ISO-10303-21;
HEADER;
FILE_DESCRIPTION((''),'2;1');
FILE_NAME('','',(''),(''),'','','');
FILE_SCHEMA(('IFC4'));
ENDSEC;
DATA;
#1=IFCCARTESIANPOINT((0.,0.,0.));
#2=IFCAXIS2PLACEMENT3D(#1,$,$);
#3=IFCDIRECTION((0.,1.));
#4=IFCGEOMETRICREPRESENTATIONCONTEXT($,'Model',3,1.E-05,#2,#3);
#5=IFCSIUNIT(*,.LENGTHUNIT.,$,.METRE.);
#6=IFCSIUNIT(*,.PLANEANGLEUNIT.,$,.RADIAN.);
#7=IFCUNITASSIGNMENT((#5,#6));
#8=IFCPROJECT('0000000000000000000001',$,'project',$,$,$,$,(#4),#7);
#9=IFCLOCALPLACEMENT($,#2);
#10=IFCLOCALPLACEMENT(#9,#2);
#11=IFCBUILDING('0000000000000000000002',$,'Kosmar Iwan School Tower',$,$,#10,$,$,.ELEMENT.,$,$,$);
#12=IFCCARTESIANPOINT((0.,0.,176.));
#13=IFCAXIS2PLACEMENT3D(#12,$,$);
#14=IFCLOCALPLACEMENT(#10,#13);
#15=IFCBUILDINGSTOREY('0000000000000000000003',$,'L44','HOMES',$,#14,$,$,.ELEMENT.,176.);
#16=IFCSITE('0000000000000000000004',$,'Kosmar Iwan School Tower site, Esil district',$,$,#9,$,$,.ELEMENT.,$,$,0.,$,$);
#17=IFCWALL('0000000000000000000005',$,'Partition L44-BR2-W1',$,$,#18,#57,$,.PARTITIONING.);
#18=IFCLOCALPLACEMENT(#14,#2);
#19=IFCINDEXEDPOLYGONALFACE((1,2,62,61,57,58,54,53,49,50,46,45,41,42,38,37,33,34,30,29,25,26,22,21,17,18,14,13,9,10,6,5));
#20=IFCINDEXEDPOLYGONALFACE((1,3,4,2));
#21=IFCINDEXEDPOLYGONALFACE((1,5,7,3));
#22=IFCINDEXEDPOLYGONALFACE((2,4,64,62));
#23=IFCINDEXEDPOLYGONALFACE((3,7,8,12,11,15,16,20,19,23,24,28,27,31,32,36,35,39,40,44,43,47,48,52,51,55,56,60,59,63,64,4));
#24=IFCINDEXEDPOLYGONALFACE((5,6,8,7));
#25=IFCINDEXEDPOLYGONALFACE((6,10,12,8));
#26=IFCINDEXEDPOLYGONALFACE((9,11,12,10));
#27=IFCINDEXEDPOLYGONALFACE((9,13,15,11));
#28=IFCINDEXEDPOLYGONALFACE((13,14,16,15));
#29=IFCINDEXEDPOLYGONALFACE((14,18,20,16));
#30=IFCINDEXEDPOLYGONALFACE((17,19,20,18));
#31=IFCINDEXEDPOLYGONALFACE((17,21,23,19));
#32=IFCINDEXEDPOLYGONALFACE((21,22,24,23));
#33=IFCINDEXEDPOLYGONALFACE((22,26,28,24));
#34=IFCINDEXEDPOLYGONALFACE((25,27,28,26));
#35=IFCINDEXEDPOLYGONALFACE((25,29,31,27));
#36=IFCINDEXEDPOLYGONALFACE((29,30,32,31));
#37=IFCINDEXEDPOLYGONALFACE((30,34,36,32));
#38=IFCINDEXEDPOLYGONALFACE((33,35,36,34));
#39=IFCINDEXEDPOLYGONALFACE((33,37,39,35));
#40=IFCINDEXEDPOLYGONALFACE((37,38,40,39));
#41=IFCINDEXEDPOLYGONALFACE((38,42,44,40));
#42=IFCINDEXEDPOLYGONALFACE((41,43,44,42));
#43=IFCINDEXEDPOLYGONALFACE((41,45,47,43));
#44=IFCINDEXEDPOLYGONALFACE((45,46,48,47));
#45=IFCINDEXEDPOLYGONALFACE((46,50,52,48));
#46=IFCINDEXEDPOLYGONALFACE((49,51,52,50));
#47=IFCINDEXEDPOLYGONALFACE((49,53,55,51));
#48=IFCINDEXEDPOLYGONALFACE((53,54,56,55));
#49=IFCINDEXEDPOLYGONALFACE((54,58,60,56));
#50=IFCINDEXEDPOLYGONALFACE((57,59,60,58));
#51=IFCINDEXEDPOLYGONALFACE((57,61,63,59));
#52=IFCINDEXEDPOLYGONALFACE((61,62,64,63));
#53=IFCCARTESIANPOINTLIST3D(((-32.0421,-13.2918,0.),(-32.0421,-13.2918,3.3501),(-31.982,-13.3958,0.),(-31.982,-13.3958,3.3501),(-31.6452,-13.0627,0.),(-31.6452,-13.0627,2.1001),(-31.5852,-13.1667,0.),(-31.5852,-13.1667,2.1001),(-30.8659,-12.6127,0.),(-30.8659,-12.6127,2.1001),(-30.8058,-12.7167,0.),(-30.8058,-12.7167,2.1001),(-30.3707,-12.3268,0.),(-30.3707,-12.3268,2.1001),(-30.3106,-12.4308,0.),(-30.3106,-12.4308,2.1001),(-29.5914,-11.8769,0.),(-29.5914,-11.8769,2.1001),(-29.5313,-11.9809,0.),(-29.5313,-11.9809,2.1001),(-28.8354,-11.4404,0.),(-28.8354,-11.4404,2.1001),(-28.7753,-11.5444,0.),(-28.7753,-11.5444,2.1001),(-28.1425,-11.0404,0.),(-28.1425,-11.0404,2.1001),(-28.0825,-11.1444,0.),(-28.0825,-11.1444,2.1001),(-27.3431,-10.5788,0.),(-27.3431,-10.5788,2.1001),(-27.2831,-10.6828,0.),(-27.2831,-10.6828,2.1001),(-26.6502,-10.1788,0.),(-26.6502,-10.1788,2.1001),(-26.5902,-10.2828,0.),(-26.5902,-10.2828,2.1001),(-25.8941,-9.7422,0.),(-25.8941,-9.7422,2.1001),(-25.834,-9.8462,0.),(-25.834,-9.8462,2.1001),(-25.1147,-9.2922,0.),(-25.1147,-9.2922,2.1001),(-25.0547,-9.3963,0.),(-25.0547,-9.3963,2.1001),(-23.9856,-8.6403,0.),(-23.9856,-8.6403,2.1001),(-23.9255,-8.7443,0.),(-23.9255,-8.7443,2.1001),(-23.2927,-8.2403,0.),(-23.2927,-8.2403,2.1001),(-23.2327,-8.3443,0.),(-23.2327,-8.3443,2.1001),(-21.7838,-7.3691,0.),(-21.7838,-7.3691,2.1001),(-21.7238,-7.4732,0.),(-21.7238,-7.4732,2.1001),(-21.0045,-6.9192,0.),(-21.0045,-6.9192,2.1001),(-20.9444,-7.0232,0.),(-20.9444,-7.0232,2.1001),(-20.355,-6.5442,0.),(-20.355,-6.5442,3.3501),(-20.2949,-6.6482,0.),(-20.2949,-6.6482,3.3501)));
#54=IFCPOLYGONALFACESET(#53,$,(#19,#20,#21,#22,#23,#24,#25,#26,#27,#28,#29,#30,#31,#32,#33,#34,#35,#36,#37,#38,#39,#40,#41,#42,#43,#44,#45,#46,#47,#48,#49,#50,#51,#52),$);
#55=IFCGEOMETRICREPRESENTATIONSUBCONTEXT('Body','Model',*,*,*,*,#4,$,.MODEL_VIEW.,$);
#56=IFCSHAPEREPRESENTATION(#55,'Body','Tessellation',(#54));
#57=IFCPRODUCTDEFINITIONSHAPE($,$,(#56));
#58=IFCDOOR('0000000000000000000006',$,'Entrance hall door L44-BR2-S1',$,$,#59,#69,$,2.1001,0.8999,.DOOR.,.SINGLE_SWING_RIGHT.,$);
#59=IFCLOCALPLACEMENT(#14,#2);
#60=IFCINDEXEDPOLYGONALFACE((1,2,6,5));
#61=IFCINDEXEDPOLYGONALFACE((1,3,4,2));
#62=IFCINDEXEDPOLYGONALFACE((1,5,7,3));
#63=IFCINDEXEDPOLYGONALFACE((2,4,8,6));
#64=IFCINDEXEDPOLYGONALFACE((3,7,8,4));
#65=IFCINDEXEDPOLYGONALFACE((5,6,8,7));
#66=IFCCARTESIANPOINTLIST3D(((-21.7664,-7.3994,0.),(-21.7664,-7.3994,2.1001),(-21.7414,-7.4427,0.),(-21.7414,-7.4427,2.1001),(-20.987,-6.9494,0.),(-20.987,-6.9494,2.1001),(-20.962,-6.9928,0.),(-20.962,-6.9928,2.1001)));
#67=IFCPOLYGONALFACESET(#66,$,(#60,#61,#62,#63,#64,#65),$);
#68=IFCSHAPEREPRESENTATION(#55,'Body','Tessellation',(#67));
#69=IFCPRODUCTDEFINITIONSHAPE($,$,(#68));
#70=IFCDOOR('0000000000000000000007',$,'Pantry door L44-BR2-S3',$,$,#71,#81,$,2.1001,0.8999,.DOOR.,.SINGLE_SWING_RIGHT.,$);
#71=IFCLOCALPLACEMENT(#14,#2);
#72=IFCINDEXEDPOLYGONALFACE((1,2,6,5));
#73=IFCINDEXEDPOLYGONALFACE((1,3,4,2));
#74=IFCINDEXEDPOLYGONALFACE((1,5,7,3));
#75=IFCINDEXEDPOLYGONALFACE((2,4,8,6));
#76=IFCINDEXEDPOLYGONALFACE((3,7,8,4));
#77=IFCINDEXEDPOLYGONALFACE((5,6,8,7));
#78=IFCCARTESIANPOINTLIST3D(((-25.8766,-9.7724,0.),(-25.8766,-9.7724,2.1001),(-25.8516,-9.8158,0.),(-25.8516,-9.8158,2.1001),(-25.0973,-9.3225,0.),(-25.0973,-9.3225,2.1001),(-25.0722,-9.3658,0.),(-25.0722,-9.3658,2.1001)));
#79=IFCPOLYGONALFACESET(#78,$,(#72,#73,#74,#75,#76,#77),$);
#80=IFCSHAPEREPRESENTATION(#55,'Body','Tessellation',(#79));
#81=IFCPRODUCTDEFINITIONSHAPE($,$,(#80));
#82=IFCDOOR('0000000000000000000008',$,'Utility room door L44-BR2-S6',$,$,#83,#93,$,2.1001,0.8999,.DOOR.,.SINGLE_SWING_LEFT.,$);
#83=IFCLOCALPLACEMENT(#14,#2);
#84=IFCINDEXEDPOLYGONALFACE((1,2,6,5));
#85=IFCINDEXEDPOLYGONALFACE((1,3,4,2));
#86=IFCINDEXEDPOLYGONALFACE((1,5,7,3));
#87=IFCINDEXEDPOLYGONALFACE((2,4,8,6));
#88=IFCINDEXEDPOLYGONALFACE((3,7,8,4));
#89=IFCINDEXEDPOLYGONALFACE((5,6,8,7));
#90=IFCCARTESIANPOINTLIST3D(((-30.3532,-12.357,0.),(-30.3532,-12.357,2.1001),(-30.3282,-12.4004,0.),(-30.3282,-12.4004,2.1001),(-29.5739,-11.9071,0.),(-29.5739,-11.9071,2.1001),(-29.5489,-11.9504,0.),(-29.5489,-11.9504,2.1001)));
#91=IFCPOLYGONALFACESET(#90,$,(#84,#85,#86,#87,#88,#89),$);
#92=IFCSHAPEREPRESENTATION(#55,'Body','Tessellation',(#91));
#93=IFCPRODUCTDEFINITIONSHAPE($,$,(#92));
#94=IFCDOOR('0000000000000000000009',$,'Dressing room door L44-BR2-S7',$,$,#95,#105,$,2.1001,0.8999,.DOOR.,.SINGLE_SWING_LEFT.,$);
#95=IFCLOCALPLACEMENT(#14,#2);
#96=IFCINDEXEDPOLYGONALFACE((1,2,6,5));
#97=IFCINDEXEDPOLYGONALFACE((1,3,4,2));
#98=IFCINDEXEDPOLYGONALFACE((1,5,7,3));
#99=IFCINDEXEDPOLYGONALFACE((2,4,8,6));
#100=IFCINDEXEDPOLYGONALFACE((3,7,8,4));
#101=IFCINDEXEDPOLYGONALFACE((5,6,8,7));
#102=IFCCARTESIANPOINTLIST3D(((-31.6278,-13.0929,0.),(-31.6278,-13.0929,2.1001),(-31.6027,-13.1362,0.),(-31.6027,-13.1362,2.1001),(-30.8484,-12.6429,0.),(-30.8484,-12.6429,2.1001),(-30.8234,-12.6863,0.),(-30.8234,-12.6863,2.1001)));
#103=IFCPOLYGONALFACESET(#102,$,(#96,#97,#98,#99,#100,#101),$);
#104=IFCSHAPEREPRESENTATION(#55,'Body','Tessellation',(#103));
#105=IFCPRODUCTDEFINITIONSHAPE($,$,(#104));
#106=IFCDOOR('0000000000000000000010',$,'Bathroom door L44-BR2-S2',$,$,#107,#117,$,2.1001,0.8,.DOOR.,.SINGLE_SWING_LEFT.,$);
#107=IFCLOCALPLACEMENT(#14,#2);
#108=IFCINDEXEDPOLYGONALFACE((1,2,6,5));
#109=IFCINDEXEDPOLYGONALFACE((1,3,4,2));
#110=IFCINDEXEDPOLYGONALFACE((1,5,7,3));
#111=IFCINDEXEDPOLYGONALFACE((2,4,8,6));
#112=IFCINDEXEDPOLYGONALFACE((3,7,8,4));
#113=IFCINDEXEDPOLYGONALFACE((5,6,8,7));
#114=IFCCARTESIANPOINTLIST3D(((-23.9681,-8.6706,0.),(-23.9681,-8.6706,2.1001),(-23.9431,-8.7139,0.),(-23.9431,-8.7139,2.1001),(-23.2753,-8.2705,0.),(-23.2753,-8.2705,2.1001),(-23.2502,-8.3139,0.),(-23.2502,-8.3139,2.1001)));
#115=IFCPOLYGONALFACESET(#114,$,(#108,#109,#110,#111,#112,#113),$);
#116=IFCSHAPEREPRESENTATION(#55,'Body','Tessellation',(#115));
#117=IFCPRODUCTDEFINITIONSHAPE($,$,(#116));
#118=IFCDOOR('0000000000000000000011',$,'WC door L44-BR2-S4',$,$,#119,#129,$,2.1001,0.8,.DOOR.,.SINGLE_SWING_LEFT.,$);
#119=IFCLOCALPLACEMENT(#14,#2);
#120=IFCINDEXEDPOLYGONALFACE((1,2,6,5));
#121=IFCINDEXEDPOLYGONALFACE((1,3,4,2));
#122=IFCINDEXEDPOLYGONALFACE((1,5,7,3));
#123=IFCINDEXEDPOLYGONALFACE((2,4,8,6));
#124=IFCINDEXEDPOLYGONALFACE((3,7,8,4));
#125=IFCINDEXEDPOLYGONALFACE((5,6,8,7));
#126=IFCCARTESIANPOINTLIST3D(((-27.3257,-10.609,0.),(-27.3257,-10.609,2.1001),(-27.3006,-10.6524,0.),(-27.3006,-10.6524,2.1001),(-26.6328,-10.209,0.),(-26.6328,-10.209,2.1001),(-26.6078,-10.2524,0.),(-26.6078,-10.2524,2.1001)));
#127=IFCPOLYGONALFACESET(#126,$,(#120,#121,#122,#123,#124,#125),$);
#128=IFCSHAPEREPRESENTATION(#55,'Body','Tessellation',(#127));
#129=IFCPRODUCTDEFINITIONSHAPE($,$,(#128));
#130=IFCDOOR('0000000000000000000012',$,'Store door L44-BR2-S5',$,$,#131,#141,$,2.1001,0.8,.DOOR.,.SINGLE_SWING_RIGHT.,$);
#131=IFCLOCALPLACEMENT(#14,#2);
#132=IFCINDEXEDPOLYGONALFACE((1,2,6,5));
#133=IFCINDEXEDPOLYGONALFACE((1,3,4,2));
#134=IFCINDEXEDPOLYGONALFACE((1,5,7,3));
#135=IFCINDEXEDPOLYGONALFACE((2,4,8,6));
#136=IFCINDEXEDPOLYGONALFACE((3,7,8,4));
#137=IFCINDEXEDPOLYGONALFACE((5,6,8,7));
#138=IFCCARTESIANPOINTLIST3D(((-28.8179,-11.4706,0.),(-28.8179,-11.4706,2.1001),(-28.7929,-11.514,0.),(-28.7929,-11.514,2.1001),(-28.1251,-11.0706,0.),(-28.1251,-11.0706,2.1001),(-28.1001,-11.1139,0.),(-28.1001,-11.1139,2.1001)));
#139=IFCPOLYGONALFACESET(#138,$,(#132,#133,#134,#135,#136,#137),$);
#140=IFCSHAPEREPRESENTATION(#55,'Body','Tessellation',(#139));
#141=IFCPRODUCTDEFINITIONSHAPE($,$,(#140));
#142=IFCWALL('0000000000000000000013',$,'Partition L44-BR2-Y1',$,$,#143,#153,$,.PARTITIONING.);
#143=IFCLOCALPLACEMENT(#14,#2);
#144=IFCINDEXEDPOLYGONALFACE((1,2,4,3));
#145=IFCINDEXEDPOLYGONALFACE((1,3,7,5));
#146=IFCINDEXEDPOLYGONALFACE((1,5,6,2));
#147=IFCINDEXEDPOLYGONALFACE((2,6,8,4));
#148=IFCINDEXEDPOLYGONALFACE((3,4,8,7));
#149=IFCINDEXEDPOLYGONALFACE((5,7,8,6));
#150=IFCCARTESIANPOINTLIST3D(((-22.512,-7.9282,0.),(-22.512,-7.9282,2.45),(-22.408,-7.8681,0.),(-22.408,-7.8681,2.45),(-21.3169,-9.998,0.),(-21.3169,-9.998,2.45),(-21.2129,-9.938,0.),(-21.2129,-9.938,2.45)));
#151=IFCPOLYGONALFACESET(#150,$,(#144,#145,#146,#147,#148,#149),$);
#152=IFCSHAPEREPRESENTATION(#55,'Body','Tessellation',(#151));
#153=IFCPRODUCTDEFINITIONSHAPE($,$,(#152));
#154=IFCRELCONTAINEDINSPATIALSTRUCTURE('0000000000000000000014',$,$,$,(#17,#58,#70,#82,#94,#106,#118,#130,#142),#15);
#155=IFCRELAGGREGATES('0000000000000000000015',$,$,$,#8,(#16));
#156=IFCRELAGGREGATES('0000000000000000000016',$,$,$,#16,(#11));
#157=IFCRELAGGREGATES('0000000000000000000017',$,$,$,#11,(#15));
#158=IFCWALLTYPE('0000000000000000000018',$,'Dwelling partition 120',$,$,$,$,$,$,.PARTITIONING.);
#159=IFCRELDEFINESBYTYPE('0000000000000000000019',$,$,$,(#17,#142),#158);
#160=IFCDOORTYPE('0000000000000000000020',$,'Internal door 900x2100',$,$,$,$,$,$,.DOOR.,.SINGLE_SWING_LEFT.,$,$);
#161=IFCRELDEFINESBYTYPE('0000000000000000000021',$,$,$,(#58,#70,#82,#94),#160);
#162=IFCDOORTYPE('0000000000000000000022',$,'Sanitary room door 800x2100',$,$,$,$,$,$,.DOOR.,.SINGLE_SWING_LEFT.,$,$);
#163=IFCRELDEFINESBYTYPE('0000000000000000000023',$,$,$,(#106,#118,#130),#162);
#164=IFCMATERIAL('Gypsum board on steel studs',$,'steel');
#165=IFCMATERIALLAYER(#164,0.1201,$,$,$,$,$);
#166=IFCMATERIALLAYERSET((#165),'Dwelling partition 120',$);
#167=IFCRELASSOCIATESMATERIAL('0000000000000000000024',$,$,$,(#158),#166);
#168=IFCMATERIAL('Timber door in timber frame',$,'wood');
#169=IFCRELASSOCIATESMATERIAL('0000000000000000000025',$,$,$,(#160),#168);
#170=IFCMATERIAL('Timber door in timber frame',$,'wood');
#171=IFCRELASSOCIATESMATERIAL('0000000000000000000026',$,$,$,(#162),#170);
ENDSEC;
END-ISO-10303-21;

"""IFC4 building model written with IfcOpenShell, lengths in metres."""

from ifc_helpers import new_model, si_unit, direction, frame, frame_2d, origin, place, context, subcontext, project, spatial, rectangle, extrude, material, layer, layer_set, type_object, element, fill, save


model = new_model("IFC4")

# Units and contexts
model_context = context("Model", 3, precision=1e-05, world=origin(), true_north=direction((0.0, 1.0)))
body_context = subcontext(model_context, "Body", "Model", "MODEL_VIEW")
ifc_project = project(units=[si_unit("LENGTHUNIT", "METRE"), si_unit("PLANEANGLEUNIT", "RADIAN")], contexts=[model_context])

# Site, building, storey
site_placement = place(None, origin())
site = spatial("IfcSite", under=ifc_project, at=site_placement, Name="Kosmar Iwan School Tower site, Esil district", CompositionType="ELEMENT", RefElevation=0.0)
building_placement = place(site_placement, origin())
building = spatial("IfcBuilding", under=site, at=building_placement, Name="Kosmar Iwan School Tower", CompositionType="ELEMENT")
storey_placement = place(building_placement, frame((0.0, 0.0, 176.0)))
storey = spatial("IfcBuildingStorey", under=building, at=storey_placement, Name="L44", Description="HOMES", CompositionType="ELEMENT", Elevation=176.0)

# Shared definitions
ifc_material_1 = material(Name="Gypsum board on steel studs", Category="steel")
ifc_layer_1 = layer(ifc_material_1, 0.1201)
ifc_layer_set_1 = layer_set([ifc_layer_1], Name="Dwelling partition 120")
wall_type_1 = type_object("IfcWallType", Name="Dwelling partition 120", PredefinedType="PARTITIONING", material=ifc_layer_set_1)

# Wall, openings, doors
wall_1_placement = place(storey_placement, frame((-20.325, -6.5962, 0.0), z_axis=(0.0, 0.0, 1.0), x_axis=(-0.866024, -0.500003, 0.0)))
wall_1 = element("IfcWall", 1, at=wall_1_placement, inside=storey, type_object=wall_type_1, Name="Partition L44-BR2-W1", PredefinedType="PARTITIONING", context=body_context, shape_type="SweptSolid", body=[
    extrude(rectangle(XDim=13.4951, YDim=0.1201, at=frame_2d((6.7476, 0.0))), origin(), (0.0, 0.0, 1.0), 3.3501),
])
opening_1_placement = place(wall_1_placement, frame((0.75, 0.0, 0.0)))
opening_1 = element("IfcOpeningElement", 2, at=opening_1_placement, cuts=wall_1, PredefinedType="OPENING", context=body_context, shape_type="SweptSolid", body=[
    extrude(rectangle(XDim=0.8999, YDim=2.1001, at=frame_2d((0.45, 1.05))), frame((0.0, 0.072, 0.0), z_axis=(0.0, -1.0, 0.0), x_axis=(1.0, 0.0, 0.0)), (0.0, 0.0, 1.0), 0.144),
])
opening_2_placement = place(wall_1_placement, frame((3.3923, 0.0, 0.0)))
opening_2 = element("IfcOpeningElement", 3, at=opening_2_placement, cuts=wall_1, PredefinedType="OPENING", context=body_context, shape_type="SweptSolid", body=[
    extrude(rectangle(XDim=0.8, YDim=2.1001, at=frame_2d((0.3999, 1.05))), frame((0.0, 0.072, 0.0), z_axis=(0.0, -1.0, 0.0), x_axis=(1.0, 0.0, 0.0)), (0.0, 0.0, 1.0), 0.144),
])
opening_3_placement = place(wall_1_placement, frame((5.4961, 0.0, 0.0)))
opening_3 = element("IfcOpeningElement", 4, at=opening_3_placement, cuts=wall_1, PredefinedType="OPENING", context=body_context, shape_type="SweptSolid", body=[
    extrude(rectangle(XDim=0.8999, YDim=2.1001, at=frame_2d((0.45, 1.05))), frame((0.0, 0.072, 0.0), z_axis=(0.0, -1.0, 0.0), x_axis=(1.0, 0.0, 0.0)), (0.0, 0.0, 1.0), 0.144),
])
opening_4_placement = place(wall_1_placement, frame((7.2693, 0.0, 0.0)))
opening_4 = element("IfcOpeningElement", 5, at=opening_4_placement, cuts=wall_1, PredefinedType="OPENING", context=body_context, shape_type="SweptSolid", body=[
    extrude(rectangle(XDim=0.8, YDim=2.1001, at=frame_2d((0.3999, 1.05))), frame((0.0, 0.072, 0.0), z_axis=(0.0, -1.0, 0.0), x_axis=(1.0, 0.0, 0.0)), (0.0, 0.0, 1.0), 0.144),
])
opening_5_placement = place(wall_1_placement, frame((8.9924, 0.0, 0.0)))
opening_5 = element("IfcOpeningElement", 6, at=opening_5_placement, cuts=wall_1, PredefinedType="OPENING", context=body_context, shape_type="SweptSolid", body=[
    extrude(rectangle(XDim=0.8, YDim=2.1001, at=frame_2d((0.3999, 1.05))), frame((0.0, 0.072, 0.0), z_axis=(0.0, -1.0, 0.0), x_axis=(1.0, 0.0, 0.0)), (0.0, 0.0, 1.0), 0.144),
])
opening_6_placement = place(wall_1_placement, frame((10.6653, 0.0, 0.0)))
opening_6 = element("IfcOpeningElement", 7, at=opening_6_placement, cuts=wall_1, PredefinedType="OPENING", context=body_context, shape_type="SweptSolid", body=[
    extrude(rectangle(XDim=0.8999, YDim=2.1001, at=frame_2d((0.45, 1.05))), frame((0.0, 0.072, 0.0), z_axis=(0.0, -1.0, 0.0), x_axis=(1.0, 0.0, 0.0)), (0.0, 0.0, 1.0), 0.144),
])
opening_7_placement = place(wall_1_placement, frame((12.137, 0.0, 0.0)))
opening_7 = element("IfcOpeningElement", 8, at=opening_7_placement, cuts=wall_1, PredefinedType="OPENING", context=body_context, shape_type="SweptSolid", body=[
    extrude(rectangle(XDim=0.8999, YDim=2.1001, at=frame_2d((0.45, 1.05))), frame((0.0, 0.072, 0.0), z_axis=(0.0, -1.0, 0.0), x_axis=(1.0, 0.0, 0.0)), (0.0, 0.0, 1.0), 0.144),
])
ifc_material_2 = material(Name="Timber door in timber frame", Category="wood")
door_type_1 = type_object("IfcDoorType", Name="Internal door 900x2100", OperationType="SINGLE_SWING_LEFT", PredefinedType="DOOR", material=ifc_material_2)
door_1_placement = place(opening_1_placement, origin())
door_1 = element("IfcDoor", 9, at=door_1_placement, inside=storey, type_object=door_type_1, Name="Entrance hall door L44-BR2-S1", OperationType="SINGLE_SWING_RIGHT", OverallHeight=2.1001, OverallWidth=0.8999, PredefinedType="DOOR", context=body_context, shape_type="SweptSolid", body=[
    extrude(rectangle(XDim=0.8999, YDim=2.1001, at=frame_2d((0.45, 1.05))), frame((0.0, 0.0249, 0.0), z_axis=(0.0, -1.0, 0.0), x_axis=(1.0, 0.0, 0.0)), (0.0, 0.0, 1.0), 0.05),
])
fill(opening_1, door_1)
door_2_placement = place(opening_3_placement, origin())
door_2 = element("IfcDoor", 10, at=door_2_placement, inside=storey, type_object=door_type_1, Name="Pantry door L44-BR2-S3", OperationType="SINGLE_SWING_RIGHT", OverallHeight=2.1001, OverallWidth=0.8999, PredefinedType="DOOR", context=body_context, shape_type="SweptSolid", body=[
    extrude(rectangle(XDim=0.8999, YDim=2.1001, at=frame_2d((0.45, 1.05))), frame((0.0, 0.0249, 0.0), z_axis=(0.0, -1.0, 0.0), x_axis=(1.0, 0.0, 0.0)), (0.0, 0.0, 1.0), 0.05),
])
fill(opening_3, door_2)
door_3_placement = place(opening_6_placement, origin())
door_3 = element("IfcDoor", 11, at=door_3_placement, inside=storey, type_object=door_type_1, Name="Utility room door L44-BR2-S6", OperationType="SINGLE_SWING_LEFT", OverallHeight=2.1001, OverallWidth=0.8999, PredefinedType="DOOR", context=body_context, shape_type="SweptSolid", body=[
    extrude(rectangle(XDim=0.8999, YDim=2.1001, at=frame_2d((0.45, 1.05))), frame((0.0, 0.0249, 0.0), z_axis=(0.0, -1.0, 0.0), x_axis=(1.0, 0.0, 0.0)), (0.0, 0.0, 1.0), 0.05),
])
fill(opening_6, door_3)
door_4_placement = place(opening_7_placement, origin())
door_4 = element("IfcDoor", 12, at=door_4_placement, inside=storey, type_object=door_type_1, Name="Dressing room door L44-BR2-S7", OperationType="SINGLE_SWING_LEFT", OverallHeight=2.1001, OverallWidth=0.8999, PredefinedType="DOOR", context=body_context, shape_type="SweptSolid", body=[
    extrude(rectangle(XDim=0.8999, YDim=2.1001, at=frame_2d((0.45, 1.05))), frame((0.0, 0.0249, 0.0), z_axis=(0.0, -1.0, 0.0), x_axis=(1.0, 0.0, 0.0)), (0.0, 0.0, 1.0), 0.05),
])
fill(opening_7, door_4)
ifc_material_3 = material(Name="Timber door in timber frame", Category="wood")
door_type_2 = type_object("IfcDoorType", Name="Sanitary room door 800x2100", OperationType="SINGLE_SWING_LEFT", PredefinedType="DOOR", material=ifc_material_3)
door_5_placement = place(opening_2_placement, origin())
door_5 = element("IfcDoor", 13, at=door_5_placement, inside=storey, type_object=door_type_2, Name="Bathroom door L44-BR2-S2", OperationType="SINGLE_SWING_LEFT", OverallHeight=2.1001, OverallWidth=0.8, PredefinedType="DOOR", context=body_context, shape_type="SweptSolid", body=[
    extrude(rectangle(XDim=0.8, YDim=2.1001, at=frame_2d((0.3999, 1.05))), frame((0.0, 0.0249, 0.0), z_axis=(0.0, -1.0, 0.0), x_axis=(1.0, 0.0, 0.0)), (0.0, 0.0, 1.0), 0.05),
])
fill(opening_2, door_5)
door_6_placement = place(opening_4_placement, origin())
door_6 = element("IfcDoor", 14, at=door_6_placement, inside=storey, type_object=door_type_2, Name="WC door L44-BR2-S4", OperationType="SINGLE_SWING_LEFT", OverallHeight=2.1001, OverallWidth=0.8, PredefinedType="DOOR", context=body_context, shape_type="SweptSolid", body=[
    extrude(rectangle(XDim=0.8, YDim=2.1001, at=frame_2d((0.3999, 1.05))), frame((0.0, 0.0249, 0.0), z_axis=(0.0, -1.0, 0.0), x_axis=(1.0, 0.0, 0.0)), (0.0, 0.0, 1.0), 0.05),
])
fill(opening_4, door_6)
door_7_placement = place(opening_5_placement, origin())
door_7 = element("IfcDoor", 15, at=door_7_placement, inside=storey, type_object=door_type_2, Name="Store door L44-BR2-S5", OperationType="SINGLE_SWING_RIGHT", OverallHeight=2.1001, OverallWidth=0.8, PredefinedType="DOOR", context=body_context, shape_type="SweptSolid", body=[
    extrude(rectangle(XDim=0.8, YDim=2.1001, at=frame_2d((0.3999, 1.05))), frame((0.0, 0.0249, 0.0), z_axis=(0.0, -1.0, 0.0), x_axis=(1.0, 0.0, 0.0)), (0.0, 0.0, 1.0), 0.05),
])
fill(opening_5, door_7)

# Wall
wall_2_placement = place(storey_placement, frame((-21.2649, -9.968, 0.0), z_axis=(0.0, 0.0, 1.0), x_axis=(-0.500017, 0.866015, 0.0)))
element("IfcWall", 16, at=wall_2_placement, inside=storey, type_object=wall_type_1, Name="Partition L44-BR2-Y1", PredefinedType="PARTITIONING", context=body_context, shape_type="SweptSolid", body=[
    extrude(rectangle(XDim=2.3901, YDim=0.1201, at=frame_2d((1.1951, 0.0))), origin(), (0.0, 0.0, 1.0), 2.45),
])

save(model, "model.ifc")
